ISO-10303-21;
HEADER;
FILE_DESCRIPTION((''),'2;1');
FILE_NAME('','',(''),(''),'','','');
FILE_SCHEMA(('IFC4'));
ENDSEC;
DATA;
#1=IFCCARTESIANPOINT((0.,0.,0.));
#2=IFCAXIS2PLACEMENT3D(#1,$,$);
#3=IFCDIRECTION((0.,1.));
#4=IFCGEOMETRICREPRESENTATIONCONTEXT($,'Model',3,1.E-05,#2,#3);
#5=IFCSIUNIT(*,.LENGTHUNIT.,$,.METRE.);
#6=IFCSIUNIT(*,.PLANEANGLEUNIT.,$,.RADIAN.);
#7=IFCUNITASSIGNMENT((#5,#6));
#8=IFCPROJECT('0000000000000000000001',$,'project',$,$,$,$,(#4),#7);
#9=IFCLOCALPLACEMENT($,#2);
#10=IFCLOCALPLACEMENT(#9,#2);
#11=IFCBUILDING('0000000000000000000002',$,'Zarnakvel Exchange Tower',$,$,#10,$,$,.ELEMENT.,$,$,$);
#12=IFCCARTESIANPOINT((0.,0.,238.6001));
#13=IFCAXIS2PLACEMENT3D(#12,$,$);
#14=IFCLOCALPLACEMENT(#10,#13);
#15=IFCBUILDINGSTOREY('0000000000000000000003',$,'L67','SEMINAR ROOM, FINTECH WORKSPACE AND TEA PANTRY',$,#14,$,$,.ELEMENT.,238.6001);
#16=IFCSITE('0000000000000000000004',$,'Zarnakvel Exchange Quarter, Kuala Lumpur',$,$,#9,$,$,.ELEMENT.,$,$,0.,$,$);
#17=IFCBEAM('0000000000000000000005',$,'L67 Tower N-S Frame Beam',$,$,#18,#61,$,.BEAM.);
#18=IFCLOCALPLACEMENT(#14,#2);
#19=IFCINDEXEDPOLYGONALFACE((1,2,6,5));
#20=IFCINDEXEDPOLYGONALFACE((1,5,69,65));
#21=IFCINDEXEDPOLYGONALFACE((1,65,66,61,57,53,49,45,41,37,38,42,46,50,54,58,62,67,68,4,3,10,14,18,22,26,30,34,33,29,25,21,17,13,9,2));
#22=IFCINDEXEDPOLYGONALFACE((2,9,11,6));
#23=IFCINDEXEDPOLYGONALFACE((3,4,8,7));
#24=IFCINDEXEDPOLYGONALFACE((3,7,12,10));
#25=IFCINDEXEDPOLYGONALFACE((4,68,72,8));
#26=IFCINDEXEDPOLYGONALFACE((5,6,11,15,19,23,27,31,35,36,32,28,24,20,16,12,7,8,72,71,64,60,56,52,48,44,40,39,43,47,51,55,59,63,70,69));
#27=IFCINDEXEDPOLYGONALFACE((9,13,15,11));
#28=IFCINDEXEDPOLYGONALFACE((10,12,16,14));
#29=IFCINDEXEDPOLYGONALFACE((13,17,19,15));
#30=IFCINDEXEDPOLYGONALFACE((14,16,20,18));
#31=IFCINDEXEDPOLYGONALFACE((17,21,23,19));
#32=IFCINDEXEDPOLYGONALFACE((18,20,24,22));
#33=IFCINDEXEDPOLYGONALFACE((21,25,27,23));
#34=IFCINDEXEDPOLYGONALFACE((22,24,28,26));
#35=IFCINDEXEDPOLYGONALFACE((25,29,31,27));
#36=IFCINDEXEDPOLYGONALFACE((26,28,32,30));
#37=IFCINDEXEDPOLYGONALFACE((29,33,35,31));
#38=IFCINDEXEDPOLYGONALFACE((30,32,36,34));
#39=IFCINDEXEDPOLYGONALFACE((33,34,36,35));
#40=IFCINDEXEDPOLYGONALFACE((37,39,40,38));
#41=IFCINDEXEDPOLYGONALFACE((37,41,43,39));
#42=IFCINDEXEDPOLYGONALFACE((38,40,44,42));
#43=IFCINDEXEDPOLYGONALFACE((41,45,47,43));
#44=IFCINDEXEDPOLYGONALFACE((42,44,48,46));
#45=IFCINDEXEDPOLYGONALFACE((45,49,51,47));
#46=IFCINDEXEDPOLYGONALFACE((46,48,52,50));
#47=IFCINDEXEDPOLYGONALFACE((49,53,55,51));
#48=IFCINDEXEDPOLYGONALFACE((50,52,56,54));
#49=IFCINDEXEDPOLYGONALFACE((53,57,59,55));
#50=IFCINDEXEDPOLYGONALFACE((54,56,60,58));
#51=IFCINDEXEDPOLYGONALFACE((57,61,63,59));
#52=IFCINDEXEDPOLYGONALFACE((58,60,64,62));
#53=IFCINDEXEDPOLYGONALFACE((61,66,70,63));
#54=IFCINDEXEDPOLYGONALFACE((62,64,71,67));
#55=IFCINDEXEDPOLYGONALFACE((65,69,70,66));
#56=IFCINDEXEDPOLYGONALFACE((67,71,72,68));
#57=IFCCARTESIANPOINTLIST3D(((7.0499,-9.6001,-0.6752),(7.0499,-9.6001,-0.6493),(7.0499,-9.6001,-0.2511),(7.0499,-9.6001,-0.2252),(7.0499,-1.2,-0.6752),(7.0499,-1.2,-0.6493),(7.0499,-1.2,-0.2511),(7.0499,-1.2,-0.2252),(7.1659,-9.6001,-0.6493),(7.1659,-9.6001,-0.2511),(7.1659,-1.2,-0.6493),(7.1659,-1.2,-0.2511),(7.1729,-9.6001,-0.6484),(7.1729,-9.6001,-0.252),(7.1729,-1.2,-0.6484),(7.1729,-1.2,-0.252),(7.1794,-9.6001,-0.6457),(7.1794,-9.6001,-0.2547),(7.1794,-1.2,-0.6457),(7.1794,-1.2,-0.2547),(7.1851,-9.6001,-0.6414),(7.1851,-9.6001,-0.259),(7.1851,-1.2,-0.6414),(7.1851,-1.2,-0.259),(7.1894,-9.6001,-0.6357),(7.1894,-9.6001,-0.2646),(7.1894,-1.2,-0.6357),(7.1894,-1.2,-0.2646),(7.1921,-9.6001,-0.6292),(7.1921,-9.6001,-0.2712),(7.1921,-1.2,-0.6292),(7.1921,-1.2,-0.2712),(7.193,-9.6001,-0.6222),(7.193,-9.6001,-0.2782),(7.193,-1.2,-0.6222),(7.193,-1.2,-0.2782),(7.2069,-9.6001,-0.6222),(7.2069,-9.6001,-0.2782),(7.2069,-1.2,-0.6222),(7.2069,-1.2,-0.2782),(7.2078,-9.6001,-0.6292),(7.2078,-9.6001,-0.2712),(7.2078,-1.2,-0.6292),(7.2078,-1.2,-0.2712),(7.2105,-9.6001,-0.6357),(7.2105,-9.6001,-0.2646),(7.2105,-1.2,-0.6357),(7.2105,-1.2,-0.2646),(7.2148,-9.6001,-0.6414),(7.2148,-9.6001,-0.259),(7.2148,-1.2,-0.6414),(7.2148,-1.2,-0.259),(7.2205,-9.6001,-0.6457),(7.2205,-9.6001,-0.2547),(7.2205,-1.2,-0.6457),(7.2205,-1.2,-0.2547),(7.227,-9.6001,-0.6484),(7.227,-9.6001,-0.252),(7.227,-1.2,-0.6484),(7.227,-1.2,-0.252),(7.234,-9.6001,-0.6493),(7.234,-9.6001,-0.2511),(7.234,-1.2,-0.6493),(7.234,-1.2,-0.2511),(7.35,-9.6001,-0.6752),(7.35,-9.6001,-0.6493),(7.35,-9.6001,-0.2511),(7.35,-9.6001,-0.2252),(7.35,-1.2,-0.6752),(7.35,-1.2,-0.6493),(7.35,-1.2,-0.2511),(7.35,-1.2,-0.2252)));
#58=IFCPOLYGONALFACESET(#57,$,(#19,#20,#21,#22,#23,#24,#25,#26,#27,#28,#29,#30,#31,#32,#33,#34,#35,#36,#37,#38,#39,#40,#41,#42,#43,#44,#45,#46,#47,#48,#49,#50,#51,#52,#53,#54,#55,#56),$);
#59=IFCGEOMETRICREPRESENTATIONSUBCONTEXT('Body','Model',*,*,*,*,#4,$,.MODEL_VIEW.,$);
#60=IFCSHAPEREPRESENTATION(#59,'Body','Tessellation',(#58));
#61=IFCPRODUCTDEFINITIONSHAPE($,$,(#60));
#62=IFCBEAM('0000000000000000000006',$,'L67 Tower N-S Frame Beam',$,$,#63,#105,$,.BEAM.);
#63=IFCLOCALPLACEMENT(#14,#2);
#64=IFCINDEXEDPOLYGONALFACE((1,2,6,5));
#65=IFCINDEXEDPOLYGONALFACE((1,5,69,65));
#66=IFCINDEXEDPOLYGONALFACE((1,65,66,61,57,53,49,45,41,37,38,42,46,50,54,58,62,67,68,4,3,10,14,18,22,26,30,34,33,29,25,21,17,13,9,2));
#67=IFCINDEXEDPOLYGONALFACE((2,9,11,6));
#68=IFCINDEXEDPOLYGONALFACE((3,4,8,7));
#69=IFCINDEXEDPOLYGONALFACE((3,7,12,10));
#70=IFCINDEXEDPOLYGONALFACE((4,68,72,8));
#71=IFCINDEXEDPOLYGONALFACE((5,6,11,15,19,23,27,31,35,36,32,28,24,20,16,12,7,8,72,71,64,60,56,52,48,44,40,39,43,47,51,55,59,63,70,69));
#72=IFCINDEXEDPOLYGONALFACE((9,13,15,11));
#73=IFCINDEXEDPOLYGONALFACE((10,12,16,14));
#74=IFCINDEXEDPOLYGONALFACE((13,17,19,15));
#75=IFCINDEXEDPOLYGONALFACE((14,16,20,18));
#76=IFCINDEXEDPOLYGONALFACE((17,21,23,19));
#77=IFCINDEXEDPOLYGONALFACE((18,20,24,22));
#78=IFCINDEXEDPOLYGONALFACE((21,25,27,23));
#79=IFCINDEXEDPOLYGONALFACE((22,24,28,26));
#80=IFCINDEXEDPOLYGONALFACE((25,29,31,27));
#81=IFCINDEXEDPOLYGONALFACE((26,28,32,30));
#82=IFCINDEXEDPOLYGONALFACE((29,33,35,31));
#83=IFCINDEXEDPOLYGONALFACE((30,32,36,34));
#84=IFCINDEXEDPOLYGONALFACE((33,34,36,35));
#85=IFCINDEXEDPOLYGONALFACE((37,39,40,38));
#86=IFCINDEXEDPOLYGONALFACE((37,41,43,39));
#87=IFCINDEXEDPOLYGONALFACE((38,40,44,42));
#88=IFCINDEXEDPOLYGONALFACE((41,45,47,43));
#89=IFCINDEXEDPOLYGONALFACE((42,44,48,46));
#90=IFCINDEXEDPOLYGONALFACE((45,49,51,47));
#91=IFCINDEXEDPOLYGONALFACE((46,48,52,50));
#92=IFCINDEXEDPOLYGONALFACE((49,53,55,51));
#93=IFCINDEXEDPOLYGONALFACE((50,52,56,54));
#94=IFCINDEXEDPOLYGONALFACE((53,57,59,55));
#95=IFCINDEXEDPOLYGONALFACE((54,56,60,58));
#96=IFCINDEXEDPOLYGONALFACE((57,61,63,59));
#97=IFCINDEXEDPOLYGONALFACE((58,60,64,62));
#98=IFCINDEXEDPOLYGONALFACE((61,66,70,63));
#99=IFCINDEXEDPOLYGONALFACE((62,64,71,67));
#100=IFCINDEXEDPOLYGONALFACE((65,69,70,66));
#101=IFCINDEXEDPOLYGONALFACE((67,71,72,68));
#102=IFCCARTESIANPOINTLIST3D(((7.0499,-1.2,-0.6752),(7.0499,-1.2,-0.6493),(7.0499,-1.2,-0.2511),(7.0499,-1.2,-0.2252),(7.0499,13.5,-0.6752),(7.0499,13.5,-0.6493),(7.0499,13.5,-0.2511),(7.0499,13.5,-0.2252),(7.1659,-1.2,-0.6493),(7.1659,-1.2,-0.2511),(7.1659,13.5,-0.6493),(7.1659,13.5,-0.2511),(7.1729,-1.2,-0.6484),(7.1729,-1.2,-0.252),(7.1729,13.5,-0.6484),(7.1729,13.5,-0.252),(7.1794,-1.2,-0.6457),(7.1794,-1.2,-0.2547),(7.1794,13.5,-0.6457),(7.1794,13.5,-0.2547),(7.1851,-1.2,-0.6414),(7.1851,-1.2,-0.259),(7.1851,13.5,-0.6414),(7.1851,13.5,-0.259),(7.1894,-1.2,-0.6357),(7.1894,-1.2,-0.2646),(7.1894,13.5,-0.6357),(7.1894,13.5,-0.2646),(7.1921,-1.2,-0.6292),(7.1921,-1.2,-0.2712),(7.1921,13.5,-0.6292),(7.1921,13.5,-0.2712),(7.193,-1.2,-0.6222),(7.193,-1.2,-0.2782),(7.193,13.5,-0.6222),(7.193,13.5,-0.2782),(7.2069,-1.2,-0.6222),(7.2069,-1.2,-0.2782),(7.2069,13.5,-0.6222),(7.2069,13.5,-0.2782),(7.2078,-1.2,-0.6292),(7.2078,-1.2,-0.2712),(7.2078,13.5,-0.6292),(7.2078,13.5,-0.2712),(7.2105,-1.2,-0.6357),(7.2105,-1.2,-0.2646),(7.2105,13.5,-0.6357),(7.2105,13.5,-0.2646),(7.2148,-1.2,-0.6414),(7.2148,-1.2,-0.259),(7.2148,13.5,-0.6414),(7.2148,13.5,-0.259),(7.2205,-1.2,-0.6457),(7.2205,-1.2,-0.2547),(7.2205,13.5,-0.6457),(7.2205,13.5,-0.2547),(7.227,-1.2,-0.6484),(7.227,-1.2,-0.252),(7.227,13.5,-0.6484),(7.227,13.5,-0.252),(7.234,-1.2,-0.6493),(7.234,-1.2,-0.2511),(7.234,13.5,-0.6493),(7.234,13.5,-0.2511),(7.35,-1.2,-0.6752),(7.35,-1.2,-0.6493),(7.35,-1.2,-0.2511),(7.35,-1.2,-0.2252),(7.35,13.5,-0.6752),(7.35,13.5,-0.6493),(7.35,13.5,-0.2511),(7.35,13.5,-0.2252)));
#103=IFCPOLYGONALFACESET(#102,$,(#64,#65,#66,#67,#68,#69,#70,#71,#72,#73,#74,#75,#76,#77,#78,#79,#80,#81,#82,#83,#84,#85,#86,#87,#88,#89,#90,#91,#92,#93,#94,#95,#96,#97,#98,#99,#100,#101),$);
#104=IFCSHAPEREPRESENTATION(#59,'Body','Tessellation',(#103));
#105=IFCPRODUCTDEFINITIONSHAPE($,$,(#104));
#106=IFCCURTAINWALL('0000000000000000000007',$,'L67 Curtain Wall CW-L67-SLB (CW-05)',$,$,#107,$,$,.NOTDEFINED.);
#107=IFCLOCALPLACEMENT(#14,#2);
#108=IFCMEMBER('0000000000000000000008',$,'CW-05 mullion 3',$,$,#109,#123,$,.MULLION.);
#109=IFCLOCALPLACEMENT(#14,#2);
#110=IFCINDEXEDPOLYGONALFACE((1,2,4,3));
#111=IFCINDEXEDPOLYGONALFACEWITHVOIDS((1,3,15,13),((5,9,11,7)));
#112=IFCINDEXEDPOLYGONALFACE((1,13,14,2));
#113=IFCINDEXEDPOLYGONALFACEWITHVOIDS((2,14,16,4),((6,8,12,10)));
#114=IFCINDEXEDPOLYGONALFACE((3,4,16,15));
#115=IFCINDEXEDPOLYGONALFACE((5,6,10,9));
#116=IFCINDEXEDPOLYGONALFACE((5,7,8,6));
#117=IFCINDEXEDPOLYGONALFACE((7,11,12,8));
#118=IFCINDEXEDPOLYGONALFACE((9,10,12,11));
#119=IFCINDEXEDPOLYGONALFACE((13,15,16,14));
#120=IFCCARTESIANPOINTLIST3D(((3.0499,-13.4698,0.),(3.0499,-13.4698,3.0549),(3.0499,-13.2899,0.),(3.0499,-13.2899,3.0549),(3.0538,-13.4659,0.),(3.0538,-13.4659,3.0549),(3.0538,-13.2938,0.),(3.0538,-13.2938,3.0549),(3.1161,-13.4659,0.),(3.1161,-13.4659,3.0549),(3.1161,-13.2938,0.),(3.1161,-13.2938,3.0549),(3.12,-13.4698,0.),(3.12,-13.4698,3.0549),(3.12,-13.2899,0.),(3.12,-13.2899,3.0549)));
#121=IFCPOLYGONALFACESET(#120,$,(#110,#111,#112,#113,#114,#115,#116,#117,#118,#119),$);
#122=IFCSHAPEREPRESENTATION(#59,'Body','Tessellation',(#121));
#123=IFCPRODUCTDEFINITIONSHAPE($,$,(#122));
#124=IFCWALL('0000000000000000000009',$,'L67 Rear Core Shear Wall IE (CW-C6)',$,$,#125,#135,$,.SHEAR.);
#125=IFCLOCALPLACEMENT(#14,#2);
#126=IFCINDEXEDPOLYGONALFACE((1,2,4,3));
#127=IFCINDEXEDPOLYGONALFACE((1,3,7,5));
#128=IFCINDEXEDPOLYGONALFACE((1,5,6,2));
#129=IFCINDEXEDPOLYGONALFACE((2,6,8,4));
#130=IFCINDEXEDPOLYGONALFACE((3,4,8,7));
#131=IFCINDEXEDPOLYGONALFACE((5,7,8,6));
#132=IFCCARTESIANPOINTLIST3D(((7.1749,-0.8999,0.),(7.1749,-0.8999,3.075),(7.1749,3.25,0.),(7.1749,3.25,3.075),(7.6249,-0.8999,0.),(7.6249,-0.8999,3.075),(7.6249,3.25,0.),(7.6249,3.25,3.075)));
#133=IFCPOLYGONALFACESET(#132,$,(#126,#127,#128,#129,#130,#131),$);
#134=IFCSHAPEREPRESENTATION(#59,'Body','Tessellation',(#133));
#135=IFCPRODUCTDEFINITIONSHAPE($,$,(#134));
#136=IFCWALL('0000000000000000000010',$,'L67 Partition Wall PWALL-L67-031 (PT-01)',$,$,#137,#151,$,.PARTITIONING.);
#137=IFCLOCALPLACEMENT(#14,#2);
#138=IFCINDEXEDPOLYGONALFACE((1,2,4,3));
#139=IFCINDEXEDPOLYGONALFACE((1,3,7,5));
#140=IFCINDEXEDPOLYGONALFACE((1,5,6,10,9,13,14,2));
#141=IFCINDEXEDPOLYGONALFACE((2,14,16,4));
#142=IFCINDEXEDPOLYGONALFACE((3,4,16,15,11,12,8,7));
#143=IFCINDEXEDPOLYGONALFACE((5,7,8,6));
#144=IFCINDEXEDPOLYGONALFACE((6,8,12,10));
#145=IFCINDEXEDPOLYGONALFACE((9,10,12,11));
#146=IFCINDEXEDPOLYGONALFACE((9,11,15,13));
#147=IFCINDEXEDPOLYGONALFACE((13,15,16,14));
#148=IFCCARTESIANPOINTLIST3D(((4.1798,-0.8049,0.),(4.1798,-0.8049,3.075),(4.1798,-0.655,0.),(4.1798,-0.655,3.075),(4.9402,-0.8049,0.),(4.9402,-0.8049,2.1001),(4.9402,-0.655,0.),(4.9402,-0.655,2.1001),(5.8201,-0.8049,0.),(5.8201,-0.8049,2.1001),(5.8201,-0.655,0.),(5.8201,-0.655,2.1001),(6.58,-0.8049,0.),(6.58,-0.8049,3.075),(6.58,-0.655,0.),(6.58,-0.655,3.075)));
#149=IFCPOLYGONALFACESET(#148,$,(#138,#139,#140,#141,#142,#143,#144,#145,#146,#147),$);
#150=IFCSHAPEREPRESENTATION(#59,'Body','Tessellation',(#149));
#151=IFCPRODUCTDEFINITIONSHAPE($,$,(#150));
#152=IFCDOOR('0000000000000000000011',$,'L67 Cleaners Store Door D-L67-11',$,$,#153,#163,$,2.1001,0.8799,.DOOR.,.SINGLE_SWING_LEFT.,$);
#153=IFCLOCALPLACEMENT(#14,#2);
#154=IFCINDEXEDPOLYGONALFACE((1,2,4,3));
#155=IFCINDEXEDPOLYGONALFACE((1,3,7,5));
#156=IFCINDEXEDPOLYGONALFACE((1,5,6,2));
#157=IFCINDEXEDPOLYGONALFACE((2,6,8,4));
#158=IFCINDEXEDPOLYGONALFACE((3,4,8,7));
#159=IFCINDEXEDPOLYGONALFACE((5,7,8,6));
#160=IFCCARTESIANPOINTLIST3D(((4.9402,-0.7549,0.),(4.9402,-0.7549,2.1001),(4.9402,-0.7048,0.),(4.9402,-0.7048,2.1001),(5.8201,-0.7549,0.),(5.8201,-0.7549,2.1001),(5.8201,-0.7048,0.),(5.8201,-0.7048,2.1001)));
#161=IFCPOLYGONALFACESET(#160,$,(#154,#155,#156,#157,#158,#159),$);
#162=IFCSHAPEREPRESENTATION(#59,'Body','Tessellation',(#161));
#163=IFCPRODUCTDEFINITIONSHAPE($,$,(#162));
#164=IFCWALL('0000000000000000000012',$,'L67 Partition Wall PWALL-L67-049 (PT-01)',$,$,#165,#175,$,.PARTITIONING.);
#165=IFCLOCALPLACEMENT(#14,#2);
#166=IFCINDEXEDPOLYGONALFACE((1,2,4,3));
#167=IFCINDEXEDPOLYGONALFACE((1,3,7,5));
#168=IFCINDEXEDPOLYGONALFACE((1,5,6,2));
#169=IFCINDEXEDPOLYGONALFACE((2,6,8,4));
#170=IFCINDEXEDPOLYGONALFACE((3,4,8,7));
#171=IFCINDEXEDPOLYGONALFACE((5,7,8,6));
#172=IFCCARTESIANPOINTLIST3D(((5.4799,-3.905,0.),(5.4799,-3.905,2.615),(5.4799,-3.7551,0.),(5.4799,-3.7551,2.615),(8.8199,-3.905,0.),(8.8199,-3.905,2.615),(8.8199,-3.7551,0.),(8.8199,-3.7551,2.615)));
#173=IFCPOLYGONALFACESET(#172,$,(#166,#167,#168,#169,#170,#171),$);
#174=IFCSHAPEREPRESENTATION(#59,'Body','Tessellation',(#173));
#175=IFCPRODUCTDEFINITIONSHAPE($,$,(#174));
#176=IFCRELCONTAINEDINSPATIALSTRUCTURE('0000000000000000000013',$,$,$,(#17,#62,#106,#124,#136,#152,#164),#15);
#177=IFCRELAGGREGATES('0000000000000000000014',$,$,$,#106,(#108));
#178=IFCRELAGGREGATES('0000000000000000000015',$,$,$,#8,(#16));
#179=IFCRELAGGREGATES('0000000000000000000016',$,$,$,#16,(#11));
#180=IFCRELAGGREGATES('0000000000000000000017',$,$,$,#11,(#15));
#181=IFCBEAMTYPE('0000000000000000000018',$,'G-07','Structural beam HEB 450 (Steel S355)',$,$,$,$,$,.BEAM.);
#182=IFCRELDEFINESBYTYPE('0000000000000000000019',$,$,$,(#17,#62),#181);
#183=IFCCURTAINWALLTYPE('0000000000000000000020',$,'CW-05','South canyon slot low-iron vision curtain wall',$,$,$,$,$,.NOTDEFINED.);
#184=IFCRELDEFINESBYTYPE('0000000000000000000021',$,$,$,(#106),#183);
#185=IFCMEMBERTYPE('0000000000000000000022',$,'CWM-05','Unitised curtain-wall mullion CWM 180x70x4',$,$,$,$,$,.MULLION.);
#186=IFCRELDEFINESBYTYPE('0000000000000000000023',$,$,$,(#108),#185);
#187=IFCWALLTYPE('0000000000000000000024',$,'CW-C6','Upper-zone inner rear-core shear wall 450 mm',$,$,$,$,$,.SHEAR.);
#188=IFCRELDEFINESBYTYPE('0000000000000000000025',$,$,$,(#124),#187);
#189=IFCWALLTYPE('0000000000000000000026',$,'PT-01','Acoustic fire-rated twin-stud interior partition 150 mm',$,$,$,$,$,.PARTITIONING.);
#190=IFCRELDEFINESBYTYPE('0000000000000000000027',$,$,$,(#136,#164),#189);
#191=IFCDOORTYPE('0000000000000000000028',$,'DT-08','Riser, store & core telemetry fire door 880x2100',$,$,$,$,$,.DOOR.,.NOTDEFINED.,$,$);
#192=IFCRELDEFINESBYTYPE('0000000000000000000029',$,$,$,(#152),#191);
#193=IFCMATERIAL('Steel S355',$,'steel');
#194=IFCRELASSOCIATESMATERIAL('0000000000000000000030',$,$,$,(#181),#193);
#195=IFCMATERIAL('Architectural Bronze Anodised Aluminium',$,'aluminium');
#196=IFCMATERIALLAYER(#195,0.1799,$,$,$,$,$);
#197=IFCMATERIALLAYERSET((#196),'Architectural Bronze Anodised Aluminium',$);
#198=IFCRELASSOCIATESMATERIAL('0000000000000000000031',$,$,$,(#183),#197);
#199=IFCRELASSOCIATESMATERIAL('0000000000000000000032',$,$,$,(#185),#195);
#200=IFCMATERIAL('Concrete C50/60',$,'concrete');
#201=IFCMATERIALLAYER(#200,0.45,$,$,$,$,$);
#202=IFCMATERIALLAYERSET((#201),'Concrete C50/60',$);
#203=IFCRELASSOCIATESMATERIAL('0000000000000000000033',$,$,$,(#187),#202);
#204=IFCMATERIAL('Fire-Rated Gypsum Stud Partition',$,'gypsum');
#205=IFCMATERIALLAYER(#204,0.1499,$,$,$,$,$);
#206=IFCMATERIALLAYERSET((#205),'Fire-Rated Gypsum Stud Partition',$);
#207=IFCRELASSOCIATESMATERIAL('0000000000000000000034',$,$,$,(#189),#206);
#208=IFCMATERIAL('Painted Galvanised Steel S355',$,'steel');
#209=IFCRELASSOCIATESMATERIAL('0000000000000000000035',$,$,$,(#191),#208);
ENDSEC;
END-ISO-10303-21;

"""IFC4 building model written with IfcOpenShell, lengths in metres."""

from ifc_helpers import new_model, si_unit, direction, frame, frame_2d, origin, origin_2d, place, context, subcontext, project, spatial, rectangle, hollow_rectangle, i_section, extrude, source, transform, mapped, material, layer, layer_set, material_profile, profile_set, type_object, element, fill, aggregate, save


model = new_model("IFC4")

# Units and contexts
model_context = context("Model", 3, precision=1e-05, world=origin(), true_north=direction((0.0, 1.0)))
body_context = subcontext(model_context, "Body", "Model", "MODEL_VIEW")
ifc_project = project(units=[si_unit("LENGTHUNIT", "METRE"), si_unit("PLANEANGLEUNIT", "RADIAN")], contexts=[model_context])

# Site, building, storey
site_placement = place(None, origin())
site = spatial("IfcSite", under=ifc_project, at=site_placement, Name="Zarnakvel Exchange Quarter, Kuala Lumpur", CompositionType="ELEMENT", RefElevation=0.0)
building_placement = place(site_placement, origin())
building = spatial("IfcBuilding", under=site, at=building_placement, Name="Zarnakvel Exchange Tower", CompositionType="ELEMENT")
storey_placement = place(building_placement, frame((0.0, 0.0, 238.6001)))
storey = spatial("IfcBuildingStorey", under=building, at=storey_placement, Name="L67", Description="SEMINAR ROOM, FINTECH WORKSPACE AND TEA PANTRY", CompositionType="ELEMENT", Elevation=238.6001)

# Shared definitions
ifc_material_1 = material(Name="Concrete C50/60", Category="concrete")

# Beams
ifc_material_2 = material(Name="Steel S355", Category="steel")
ifc_material_profile_1 = material_profile(ifc_material_2, i_section(OverallWidth=0.3, OverallDepth=0.45, WebThickness=0.0139, FlangeThickness=0.0259, FilletRadius=0.0271, at=origin_2d()))
ifc_profile_set_1 = profile_set([ifc_material_profile_1], Name="Steel S355")
beam_type_1 = type_object("IfcBeamType", Name="G-07", Description="Structural beam HEB 450 (Steel S355)", PredefinedType="BEAM", material=ifc_profile_set_1)
beam_1_placement = place(storey_placement, frame((7.2, -9.6001, -0.4502), z_axis=(0.0, 1.0, 0.0), x_axis=(-1.0, 0.0, 0.0)))
element("IfcBeam", 1, at=beam_1_placement, inside=storey, type_object=beam_type_1, Name="L67 Tower N-S Frame Beam", PredefinedType="BEAM", context=body_context, shape_type="SweptSolid", body=[
    extrude(i_section(OverallWidth=0.3, OverallDepth=0.45, WebThickness=0.0139, FlangeThickness=0.0259, FilletRadius=0.0271, at=origin_2d()), origin(), (0.0, 0.0, 1.0), 8.4001),
])
beam_2_placement = place(storey_placement, frame((7.2, -1.2, -0.4502), z_axis=(0.0, 1.0, 0.0), x_axis=(-1.0, 0.0, 0.0)))
element("IfcBeam", 2, at=beam_2_placement, inside=storey, type_object=beam_type_1, Name="L67 Tower N-S Frame Beam", PredefinedType="BEAM", context=body_context, shape_type="SweptSolid", body=[
    extrude(i_section(OverallWidth=0.3, OverallDepth=0.45, WebThickness=0.0139, FlangeThickness=0.0259, FilletRadius=0.0271, at=origin_2d()), origin(), (0.0, 0.0, 1.0), 14.7),
])

# Curtain wall, member
ifc_material_3 = material(Name="Architectural Bronze Anodised Aluminium", Category="aluminium")
ifc_layer_1 = layer(ifc_material_3, 0.1799)
ifc_layer_set_1 = layer_set([ifc_layer_1], Name="Architectural Bronze Anodised Aluminium")
curtain_wall_type = type_object("IfcCurtainWallType", Name="CW-05", Description="South canyon slot low-iron vision curtain wall", PredefinedType="NOTDEFINED", material=ifc_layer_set_1)
curtain_wall_placement = place(storey_placement, origin())
curtain_wall = element("IfcCurtainWall", 3, at=curtain_wall_placement, inside=storey, type_object=curtain_wall_type, Name="L67 Curtain Wall CW-L67-SLB (CW-05)", PredefinedType="NOTDEFINED")
ifc_material_profile_2 = material_profile(ifc_material_3, hollow_rectangle(XDim=0.1799, YDim=0.0701, WallThickness=0.0039, at=origin_2d()))
ifc_profile_set_2 = profile_set([ifc_material_profile_2], Name="Architectural Bronze Anodised Aluminium")
member_type = type_object("IfcMemberType", Name="CWM-05", Description="Unitised curtain-wall mullion CWM 180x70x4", PredefinedType="MULLION", material=ifc_profile_set_2)
shared_shape_1 = source(origin(), body_context, "Body", "SweptSolid", [
    extrude(hollow_rectangle(XDim=0.1799, YDim=0.0701, WallThickness=0.0039, at=origin_2d()), origin(), (0.0, 0.0, 1.0), 3.0549),
])
member_placement = place(storey_placement, frame((3.085, -13.3799, 0.0), z_axis=(0.0, 0.0, 1.0), x_axis=(0.0, 1.0, 0.0)))
member = element("IfcMember", 4, at=member_placement, type_object=member_type, Name="CW-05 mullion 3", PredefinedType="MULLION", context=body_context, shape_type="MappedRepresentation", body=[
    mapped(shared_shape_1, transform((0.0, 0.0, 0.0), x_axis=(1.0, 0.0, 0.0), y_axis=(0.0, 1.0, 0.0), z_axis=(0.0, 0.0, 1.0), scale=1.0)),
])
aggregate(curtain_wall, [member])

# Wall
ifc_layer_2 = layer(ifc_material_1, 0.45)
ifc_layer_set_2 = layer_set([ifc_layer_2], Name="Concrete C50/60")
wall_type_1 = type_object("IfcWallType", Name="CW-C6", Description="Upper-zone inner rear-core shear wall 450 mm", PredefinedType="SHEAR", material=ifc_layer_set_2)
wall_1_placement = place(storey_placement, frame((7.3999, -0.8999, 0.0), z_axis=(0.0, 0.0, 1.0), x_axis=(0.0, 1.0, 0.0)))
element("IfcWall", 5, at=wall_1_placement, inside=storey, type_object=wall_type_1, Name="L67 Rear Core Shear Wall IE (CW-C6)", PredefinedType="SHEAR", context=body_context, shape_type="SweptSolid", body=[
    extrude(rectangle(XDim=4.1499, YDim=0.45, at=frame_2d((2.075, 0.0))), origin(), (0.0, 0.0, 1.0), 3.075),
])

# Wall, opening, door
ifc_material_4 = material(Name="Fire-Rated Gypsum Stud Partition", Category="gypsum")
ifc_layer_3 = layer(ifc_material_4, 0.1499)
ifc_layer_set_3 = layer_set([ifc_layer_3], Name="Fire-Rated Gypsum Stud Partition")
wall_type_2 = type_object("IfcWallType", Name="PT-01", Description="Acoustic fire-rated twin-stud interior partition 150 mm", PredefinedType="PARTITIONING", material=ifc_layer_set_3)
wall_2_placement = place(storey_placement, frame((6.5801, -0.73, 0.0), z_axis=(0.0, 0.0, 1.0), x_axis=(-1.0, 0.0, 0.0)))
wall_2 = element("IfcWall", 6, at=wall_2_placement, inside=storey, type_object=wall_type_2, Name="L67 Partition Wall PWALL-L67-031 (PT-01)", PredefinedType="PARTITIONING", context=body_context, shape_type="SweptSolid", body=[
    extrude(rectangle(XDim=2.4001, YDim=0.1499, at=frame_2d((1.2002, 0.0))), origin(), (0.0, 0.0, 1.0), 3.075),
])
opening_1_placement = place(wall_2_placement, frame((0.76, 0.0, 0.0)))
opening_1 = element("IfcOpeningElement", 7, at=opening_1_placement, cuts=wall_2, PredefinedType="OPENING", context=body_context, shape_type="SweptSolid", body=[
    extrude(rectangle(XDim=0.8799, YDim=2.1001, at=frame_2d((0.4399, 1.05))), frame((0.0, 0.085, 0.0), z_axis=(0.0, -1.0, 0.0), x_axis=(1.0, 0.0, 0.0)), (0.0, 0.0, 1.0), 0.1699),
])
ifc_material_5 = material(Name="Painted Galvanised Steel S355", Category="steel")
door_type_1 = type_object("IfcDoorType", Name="DT-08", Description="Riser, store & core telemetry fire door 880x2100", OperationType="NOTDEFINED", PredefinedType="DOOR", material=ifc_material_5)
shared_shape_2 = source(origin(), body_context, "Body", "SweptSolid", [
    extrude(rectangle(XDim=0.8799, YDim=2.1001, at=frame_2d((0.4399, 1.05))), frame((0.0, 0.0249, 0.0), z_axis=(0.0, -1.0, 0.0), x_axis=(1.0, 0.0, 0.0)), (0.0, 0.0, 1.0), 0.05),
])
door_1_placement = place(opening_1_placement, origin())
door_1 = element("IfcDoor", 8, at=door_1_placement, inside=storey, type_object=door_type_1, Name="L67 Cleaners Store Door D-L67-11", OperationType="SINGLE_SWING_LEFT", OverallHeight=2.1001, OverallWidth=0.8799, PredefinedType="DOOR", context=body_context, shape_type="MappedRepresentation", body=[
    mapped(shared_shape_2, transform((0.0, 0.0, 0.0), x_axis=(1.0, 0.0, 0.0), y_axis=(0.0, 1.0, 0.0), z_axis=(0.0, 0.0, 1.0), scale=1.0)),
])
fill(opening_1, door_1)

# Wall
wall_3_placement = place(storey_placement, frame((5.48, -3.8301, 0.0), z_axis=(0.0, 0.0, 1.0), x_axis=(1.0, 0.0, 0.0)))
element("IfcWall", 9, at=wall_3_placement, inside=storey, type_object=wall_type_2, Name="L67 Partition Wall PWALL-L67-049 (PT-01)", PredefinedType="PARTITIONING", context=body_context, shape_type="SweptSolid", body=[
    extrude(rectangle(XDim=3.3401, YDim=0.1499, at=frame_2d((1.6699, 0.0))), origin(), (0.0, 0.0, 1.0), 2.615),
])

save(model, "model.ifc")
